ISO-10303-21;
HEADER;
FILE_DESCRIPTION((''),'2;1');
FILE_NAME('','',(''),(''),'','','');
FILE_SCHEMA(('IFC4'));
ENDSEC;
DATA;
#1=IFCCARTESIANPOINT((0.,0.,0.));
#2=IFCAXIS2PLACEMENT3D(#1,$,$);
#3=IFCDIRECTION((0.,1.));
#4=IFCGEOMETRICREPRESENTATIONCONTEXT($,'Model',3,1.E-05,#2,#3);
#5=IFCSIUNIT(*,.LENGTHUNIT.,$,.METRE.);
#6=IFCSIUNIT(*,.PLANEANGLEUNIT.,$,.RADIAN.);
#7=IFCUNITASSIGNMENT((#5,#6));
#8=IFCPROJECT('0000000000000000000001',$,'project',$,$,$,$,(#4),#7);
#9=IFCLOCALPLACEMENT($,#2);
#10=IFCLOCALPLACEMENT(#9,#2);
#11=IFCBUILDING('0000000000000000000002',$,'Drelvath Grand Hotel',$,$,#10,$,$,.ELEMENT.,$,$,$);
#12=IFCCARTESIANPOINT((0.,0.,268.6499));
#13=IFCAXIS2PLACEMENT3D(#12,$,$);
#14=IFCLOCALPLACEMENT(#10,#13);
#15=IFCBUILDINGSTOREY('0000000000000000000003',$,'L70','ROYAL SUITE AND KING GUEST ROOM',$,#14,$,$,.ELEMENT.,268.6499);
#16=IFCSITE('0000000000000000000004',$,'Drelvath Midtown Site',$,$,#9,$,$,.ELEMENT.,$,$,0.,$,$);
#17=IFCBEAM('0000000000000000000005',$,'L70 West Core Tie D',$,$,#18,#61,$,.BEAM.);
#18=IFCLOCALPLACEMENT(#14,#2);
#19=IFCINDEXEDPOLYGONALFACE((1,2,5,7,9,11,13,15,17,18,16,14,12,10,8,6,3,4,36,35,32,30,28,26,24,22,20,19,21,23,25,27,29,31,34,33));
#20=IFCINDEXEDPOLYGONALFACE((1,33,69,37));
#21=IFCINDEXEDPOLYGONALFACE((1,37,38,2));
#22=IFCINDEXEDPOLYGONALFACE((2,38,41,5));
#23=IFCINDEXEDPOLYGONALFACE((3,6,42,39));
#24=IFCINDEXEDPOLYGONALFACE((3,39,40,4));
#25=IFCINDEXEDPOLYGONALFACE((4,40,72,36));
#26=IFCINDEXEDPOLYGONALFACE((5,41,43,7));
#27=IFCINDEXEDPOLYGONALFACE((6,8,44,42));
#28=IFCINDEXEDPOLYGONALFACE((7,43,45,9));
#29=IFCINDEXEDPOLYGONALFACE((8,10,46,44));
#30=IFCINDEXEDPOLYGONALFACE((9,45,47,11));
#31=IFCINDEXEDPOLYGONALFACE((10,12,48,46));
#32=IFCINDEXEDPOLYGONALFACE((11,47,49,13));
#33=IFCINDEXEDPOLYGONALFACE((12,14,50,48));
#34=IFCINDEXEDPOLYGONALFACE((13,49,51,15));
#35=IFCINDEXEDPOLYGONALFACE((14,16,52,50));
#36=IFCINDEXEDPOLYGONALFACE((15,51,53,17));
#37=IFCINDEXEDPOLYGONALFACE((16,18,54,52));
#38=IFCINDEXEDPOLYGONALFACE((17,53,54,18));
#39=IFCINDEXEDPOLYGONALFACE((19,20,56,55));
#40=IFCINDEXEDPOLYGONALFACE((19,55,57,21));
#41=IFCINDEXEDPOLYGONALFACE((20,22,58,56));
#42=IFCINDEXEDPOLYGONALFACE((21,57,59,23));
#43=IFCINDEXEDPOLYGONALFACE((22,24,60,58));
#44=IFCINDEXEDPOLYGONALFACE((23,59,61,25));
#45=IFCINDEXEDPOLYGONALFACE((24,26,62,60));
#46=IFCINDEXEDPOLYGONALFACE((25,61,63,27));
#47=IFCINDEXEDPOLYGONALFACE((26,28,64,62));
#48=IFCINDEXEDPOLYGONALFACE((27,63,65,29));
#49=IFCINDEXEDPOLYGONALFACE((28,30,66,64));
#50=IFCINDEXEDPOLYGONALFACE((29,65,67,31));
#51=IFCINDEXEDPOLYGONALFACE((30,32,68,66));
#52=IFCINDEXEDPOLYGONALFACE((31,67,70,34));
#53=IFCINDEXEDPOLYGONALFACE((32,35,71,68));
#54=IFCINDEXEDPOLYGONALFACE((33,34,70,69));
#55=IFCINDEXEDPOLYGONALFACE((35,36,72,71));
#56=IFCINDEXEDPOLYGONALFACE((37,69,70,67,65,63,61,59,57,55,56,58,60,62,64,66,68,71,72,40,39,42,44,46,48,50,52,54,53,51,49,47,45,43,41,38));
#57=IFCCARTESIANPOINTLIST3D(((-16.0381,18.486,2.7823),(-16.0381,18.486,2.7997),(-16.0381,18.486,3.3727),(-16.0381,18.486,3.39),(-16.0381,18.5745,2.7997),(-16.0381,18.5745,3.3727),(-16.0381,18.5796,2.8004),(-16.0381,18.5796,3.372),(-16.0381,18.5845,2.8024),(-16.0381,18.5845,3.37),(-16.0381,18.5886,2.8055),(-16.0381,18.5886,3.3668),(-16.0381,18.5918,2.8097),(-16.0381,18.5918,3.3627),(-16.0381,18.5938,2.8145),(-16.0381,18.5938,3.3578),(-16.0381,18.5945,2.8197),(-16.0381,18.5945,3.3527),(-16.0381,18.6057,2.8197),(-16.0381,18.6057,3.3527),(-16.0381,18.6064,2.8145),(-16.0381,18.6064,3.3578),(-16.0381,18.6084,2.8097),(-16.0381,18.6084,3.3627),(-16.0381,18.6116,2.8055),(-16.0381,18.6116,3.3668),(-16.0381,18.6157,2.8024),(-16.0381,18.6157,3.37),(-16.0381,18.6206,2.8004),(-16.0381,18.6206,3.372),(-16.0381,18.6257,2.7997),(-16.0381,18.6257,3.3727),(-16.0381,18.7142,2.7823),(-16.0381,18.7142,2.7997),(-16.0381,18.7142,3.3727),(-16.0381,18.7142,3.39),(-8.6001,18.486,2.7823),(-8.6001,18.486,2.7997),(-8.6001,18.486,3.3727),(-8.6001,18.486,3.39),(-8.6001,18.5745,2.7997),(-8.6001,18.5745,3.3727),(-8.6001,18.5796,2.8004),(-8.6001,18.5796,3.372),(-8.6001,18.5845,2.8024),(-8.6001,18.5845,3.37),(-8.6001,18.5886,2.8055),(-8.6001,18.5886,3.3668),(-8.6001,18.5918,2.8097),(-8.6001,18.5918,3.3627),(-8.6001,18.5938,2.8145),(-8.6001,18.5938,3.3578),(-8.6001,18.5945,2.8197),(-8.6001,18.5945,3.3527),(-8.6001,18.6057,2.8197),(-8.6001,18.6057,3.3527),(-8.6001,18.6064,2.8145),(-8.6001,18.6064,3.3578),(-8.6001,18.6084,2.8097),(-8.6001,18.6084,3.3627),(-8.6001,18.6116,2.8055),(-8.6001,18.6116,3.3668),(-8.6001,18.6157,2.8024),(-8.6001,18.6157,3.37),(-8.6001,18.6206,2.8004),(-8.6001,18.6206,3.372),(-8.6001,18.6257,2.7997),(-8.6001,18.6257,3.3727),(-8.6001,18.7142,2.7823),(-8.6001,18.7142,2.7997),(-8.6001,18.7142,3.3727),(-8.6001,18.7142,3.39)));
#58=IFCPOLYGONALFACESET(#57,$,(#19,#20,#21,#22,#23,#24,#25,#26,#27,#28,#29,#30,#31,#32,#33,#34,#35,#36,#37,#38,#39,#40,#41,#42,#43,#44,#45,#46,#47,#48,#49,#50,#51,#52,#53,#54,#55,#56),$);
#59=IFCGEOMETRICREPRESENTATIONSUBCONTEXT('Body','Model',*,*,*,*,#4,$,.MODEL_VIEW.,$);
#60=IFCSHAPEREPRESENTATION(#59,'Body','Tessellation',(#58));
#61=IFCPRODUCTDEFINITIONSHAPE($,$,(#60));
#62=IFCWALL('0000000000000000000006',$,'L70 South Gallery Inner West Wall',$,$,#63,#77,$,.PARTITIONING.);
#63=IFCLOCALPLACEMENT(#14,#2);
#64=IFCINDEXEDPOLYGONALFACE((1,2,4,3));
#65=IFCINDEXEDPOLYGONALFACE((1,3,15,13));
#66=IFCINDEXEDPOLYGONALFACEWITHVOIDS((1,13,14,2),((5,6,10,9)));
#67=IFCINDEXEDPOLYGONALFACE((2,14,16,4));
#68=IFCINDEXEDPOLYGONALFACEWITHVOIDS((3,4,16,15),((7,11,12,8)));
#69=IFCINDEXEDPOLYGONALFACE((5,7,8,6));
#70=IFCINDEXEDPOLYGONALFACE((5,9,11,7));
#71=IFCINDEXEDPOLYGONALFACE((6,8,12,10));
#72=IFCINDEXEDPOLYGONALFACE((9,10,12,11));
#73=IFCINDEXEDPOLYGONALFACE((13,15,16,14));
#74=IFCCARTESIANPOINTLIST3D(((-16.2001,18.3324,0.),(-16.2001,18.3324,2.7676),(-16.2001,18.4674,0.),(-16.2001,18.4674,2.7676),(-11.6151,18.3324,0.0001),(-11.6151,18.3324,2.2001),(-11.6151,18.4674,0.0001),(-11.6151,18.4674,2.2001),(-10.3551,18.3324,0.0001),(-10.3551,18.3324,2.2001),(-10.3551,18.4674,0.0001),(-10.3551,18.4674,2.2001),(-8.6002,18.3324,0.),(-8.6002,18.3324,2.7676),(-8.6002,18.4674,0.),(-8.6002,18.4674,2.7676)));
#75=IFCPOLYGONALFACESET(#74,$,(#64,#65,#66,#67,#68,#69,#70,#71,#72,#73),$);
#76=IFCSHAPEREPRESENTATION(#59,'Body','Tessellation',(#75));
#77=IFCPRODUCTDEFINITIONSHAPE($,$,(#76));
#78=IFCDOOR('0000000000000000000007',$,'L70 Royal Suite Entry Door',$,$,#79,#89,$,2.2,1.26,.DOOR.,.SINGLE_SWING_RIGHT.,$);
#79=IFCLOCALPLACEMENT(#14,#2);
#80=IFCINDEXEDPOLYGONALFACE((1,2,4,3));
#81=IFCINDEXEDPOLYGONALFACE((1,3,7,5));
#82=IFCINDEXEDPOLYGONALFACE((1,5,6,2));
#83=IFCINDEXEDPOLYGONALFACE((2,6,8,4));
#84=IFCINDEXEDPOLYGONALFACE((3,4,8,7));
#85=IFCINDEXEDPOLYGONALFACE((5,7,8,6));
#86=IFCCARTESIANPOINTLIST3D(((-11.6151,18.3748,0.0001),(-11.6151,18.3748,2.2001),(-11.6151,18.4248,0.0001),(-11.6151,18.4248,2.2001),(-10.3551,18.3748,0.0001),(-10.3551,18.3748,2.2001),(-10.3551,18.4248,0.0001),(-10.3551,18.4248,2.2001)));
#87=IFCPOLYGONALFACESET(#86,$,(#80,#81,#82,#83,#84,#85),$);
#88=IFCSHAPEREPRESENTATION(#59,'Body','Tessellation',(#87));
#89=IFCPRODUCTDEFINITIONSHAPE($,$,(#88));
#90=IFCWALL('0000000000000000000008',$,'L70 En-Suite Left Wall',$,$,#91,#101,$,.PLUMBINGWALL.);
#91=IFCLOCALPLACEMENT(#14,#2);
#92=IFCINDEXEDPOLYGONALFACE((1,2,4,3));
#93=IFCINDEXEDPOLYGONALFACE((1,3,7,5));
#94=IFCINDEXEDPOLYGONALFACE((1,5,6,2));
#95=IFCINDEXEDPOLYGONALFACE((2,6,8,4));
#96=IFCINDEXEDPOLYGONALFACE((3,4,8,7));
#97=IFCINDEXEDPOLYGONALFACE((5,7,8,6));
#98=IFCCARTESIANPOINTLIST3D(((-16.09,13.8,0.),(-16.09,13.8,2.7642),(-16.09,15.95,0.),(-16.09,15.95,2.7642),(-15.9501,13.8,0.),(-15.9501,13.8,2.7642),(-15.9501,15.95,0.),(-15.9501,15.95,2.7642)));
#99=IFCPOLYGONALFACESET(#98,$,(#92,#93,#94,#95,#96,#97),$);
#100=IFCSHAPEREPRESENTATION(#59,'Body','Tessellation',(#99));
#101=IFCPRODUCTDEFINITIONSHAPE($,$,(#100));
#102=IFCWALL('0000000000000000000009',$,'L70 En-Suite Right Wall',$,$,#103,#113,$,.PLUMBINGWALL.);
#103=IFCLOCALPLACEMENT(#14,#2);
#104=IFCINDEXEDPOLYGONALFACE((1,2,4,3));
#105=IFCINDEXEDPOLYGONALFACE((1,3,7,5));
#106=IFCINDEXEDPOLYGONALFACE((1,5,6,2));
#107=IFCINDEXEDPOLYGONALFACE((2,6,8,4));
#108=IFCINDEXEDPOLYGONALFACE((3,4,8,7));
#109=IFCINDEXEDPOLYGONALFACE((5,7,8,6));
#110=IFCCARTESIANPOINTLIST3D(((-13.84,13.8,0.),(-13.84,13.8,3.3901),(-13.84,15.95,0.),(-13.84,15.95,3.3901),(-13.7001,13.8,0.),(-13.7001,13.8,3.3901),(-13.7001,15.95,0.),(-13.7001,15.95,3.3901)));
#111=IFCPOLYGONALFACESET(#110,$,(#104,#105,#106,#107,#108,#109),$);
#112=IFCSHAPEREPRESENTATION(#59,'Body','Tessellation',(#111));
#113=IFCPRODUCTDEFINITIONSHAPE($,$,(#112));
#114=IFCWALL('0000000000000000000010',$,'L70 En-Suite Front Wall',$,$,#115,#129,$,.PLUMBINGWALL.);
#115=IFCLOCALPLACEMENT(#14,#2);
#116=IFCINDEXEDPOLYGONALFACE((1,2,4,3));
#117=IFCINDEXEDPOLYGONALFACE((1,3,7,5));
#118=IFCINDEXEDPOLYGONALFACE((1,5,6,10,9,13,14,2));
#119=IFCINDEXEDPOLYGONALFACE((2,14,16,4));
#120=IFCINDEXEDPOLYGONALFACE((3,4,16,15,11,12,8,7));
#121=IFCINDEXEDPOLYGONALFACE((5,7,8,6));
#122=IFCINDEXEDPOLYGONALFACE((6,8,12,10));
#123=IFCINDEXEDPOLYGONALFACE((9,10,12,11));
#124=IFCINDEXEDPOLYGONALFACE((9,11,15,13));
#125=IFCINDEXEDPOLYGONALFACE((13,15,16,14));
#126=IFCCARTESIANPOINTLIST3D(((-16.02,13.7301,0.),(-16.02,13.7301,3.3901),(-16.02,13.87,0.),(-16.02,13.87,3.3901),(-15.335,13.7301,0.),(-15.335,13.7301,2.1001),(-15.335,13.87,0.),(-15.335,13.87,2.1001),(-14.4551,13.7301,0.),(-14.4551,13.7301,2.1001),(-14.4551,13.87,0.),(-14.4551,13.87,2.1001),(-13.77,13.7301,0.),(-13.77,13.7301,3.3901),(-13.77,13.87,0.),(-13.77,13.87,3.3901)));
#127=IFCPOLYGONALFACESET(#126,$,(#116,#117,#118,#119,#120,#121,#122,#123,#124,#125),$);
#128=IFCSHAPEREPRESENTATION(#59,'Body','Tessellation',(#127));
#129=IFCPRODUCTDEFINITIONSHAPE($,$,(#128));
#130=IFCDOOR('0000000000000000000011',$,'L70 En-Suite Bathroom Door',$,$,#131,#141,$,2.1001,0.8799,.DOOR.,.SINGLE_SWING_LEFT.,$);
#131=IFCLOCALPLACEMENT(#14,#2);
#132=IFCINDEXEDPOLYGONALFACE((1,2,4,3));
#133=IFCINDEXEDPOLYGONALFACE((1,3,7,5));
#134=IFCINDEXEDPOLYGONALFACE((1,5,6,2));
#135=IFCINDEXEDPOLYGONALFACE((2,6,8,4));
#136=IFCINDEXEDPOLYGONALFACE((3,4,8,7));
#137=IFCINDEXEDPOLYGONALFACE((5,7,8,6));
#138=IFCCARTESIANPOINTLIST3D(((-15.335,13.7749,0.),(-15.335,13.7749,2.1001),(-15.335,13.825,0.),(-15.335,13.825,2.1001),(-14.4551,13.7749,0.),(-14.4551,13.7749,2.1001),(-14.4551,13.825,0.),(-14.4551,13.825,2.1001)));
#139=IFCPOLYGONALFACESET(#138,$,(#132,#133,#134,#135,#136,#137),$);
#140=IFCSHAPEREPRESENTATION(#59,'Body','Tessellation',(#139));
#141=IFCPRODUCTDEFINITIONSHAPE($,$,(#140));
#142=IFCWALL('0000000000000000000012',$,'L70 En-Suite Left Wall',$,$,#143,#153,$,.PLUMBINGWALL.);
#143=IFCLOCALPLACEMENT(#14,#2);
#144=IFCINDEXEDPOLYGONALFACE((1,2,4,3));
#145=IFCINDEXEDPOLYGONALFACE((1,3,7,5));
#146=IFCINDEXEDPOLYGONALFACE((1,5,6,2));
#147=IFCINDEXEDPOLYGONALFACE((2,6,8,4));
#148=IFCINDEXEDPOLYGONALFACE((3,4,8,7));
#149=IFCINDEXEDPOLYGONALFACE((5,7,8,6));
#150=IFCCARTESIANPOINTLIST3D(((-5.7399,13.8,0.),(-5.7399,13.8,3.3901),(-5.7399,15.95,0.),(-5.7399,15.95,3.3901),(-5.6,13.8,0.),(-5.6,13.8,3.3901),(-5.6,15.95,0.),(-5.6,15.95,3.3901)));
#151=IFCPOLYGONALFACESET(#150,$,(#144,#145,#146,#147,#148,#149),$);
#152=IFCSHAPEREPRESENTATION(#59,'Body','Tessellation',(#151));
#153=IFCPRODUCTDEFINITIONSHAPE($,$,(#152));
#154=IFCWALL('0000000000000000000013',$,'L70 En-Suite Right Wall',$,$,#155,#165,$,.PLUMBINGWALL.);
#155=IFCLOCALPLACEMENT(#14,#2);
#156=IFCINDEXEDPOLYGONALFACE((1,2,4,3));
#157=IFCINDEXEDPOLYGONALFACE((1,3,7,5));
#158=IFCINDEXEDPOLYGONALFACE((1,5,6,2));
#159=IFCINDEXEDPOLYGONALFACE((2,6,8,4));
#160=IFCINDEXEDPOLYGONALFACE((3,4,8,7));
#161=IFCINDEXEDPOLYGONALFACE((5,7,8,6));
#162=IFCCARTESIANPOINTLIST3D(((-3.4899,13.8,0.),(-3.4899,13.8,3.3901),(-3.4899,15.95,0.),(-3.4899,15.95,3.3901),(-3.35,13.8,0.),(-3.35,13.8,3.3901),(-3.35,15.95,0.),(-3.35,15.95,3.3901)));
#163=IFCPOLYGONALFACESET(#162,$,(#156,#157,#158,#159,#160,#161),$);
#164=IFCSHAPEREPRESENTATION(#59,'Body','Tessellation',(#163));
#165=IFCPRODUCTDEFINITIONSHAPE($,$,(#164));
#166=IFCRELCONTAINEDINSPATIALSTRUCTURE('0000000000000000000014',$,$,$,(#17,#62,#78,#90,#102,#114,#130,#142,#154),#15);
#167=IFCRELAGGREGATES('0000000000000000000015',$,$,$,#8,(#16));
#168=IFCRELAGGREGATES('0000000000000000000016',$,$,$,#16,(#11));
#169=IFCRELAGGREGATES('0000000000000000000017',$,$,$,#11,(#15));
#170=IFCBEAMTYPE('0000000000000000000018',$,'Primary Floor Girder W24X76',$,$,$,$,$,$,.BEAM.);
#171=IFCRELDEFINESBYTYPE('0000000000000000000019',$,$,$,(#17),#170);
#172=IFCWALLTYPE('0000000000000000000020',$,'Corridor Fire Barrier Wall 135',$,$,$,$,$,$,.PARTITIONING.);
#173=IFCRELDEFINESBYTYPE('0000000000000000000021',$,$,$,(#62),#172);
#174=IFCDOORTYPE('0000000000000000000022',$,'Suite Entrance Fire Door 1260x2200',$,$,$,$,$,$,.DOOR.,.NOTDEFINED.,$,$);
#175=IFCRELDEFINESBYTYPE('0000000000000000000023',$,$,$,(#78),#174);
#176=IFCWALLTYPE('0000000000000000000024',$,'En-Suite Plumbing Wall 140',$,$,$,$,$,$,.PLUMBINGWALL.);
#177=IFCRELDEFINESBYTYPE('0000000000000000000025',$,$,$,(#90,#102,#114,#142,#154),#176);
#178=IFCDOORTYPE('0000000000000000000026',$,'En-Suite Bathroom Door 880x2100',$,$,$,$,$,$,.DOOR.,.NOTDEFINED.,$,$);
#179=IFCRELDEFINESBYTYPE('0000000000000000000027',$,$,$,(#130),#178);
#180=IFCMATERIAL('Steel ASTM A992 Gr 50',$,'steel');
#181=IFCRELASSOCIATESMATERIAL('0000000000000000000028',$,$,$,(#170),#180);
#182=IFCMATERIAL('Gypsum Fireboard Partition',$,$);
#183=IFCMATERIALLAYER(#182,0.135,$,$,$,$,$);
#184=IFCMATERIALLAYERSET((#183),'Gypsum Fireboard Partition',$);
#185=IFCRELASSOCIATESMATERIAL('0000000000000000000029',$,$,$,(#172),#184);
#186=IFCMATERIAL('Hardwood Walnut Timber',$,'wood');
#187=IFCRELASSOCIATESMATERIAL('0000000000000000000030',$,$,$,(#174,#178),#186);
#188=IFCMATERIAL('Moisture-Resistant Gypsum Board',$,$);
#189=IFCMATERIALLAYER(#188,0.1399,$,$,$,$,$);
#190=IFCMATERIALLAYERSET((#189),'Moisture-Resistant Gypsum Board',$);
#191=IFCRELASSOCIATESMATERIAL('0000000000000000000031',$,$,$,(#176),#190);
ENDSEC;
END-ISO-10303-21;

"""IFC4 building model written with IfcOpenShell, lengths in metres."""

from ifc_helpers import new_model, si_unit, direction, frame, frame_2d, origin, origin_2d, place, context, subcontext, project, spatial, rectangle, i_section, extrude, material, layer, layer_set, material_profile, profile_set, type_object, element, fill, save


model = new_model("IFC4")

# Units and contexts
model_context = context("Model", 3, precision=1e-05, world=origin(), true_north=direction((0.0, 1.0)))
body_context = subcontext(model_context, "Body", "Model", "MODEL_VIEW")
ifc_project = project(units=[si_unit("LENGTHUNIT", "METRE"), si_unit("PLANEANGLEUNIT", "RADIAN")], contexts=[model_context])

# Site, building, storey
site_placement = place(None, origin())
site = spatial("IfcSite", under=ifc_project, at=site_placement, Name="Drelvath Midtown Site", CompositionType="ELEMENT", RefElevation=0.0)
building_placement = place(site_placement, origin())
building = spatial("IfcBuilding", under=site, at=building_placement, Name="Drelvath Grand Hotel", CompositionType="ELEMENT")
storey_placement = place(building_placement, frame((0.0, 0.0, 268.6499)))
storey = spatial("IfcBuildingStorey", under=building, at=storey_placement, Name="L70", Description="ROYAL SUITE AND KING GUEST ROOM", CompositionType="ELEMENT", Elevation=268.6499)

# Beam
ifc_material_1 = material(Name="Steel ASTM A992 Gr 50", Category="steel")
ifc_material_profile = material_profile(ifc_material_1, i_section(OverallWidth=0.2283, OverallDepth=0.6077, WebThickness=0.0112, FlangeThickness=0.0173, FilletRadius=0.02, at=origin_2d()), Name="W24X76")
ifc_profile_set = profile_set([ifc_material_profile], Name="Steel ASTM A992 Gr 50")
beam_type = type_object("IfcBeamType", Name="Primary Floor Girder W24X76", PredefinedType="BEAM", material=ifc_profile_set)
beam_placement = place(storey_placement, frame((-16.0381, 18.6001, 3.0862), z_axis=(1.0, 0.0, 0.0), x_axis=(0.0, 1.0, 0.0)))
element("IfcBeam", 1, at=beam_placement, inside=storey, type_object=beam_type, Name="L70 West Core Tie D", PredefinedType="BEAM", context=body_context, shape_type="SweptSolid", body=[
    extrude(i_section(OverallWidth=0.2283, OverallDepth=0.6077, WebThickness=0.0112, FlangeThickness=0.0173, FilletRadius=0.02, at=origin_2d()), origin(), (0.0, 0.0, 1.0), 7.438),
])

# Wall, opening, door
ifc_material_2 = material(Name="Gypsum Fireboard Partition")
ifc_layer_1 = layer(ifc_material_2, 0.135)
ifc_layer_set_1 = layer_set([ifc_layer_1], Name="Gypsum Fireboard Partition")
wall_type_1 = type_object("IfcWallType", Name="Corridor Fire Barrier Wall 135", PredefinedType="PARTITIONING", material=ifc_layer_set_1)
wall_1_placement = place(storey_placement, frame((-16.2, 18.3999, 0.0), z_axis=(0.0, 0.0, 1.0), x_axis=(1.0, 0.0, 0.0)))
wall_1 = element("IfcWall", 2, at=wall_1_placement, inside=storey, type_object=wall_type_1, Name="L70 South Gallery Inner West Wall", PredefinedType="PARTITIONING", context=body_context, shape_type="SweptSolid", body=[
    extrude(rectangle(XDim=7.5999, YDim=0.135, at=frame_2d((3.7998, 0.0))), origin(), (0.0, 0.0, 1.0), 2.7676),
])
opening_1_placement = place(wall_1_placement, frame((4.585, 0.0, 0.0)))
opening_1 = element("IfcOpeningElement", 3, at=opening_1_placement, cuts=wall_1, PredefinedType="OPENING", context=body_context, shape_type="SweptSolid", body=[
    extrude(rectangle(XDim=1.26, YDim=2.2, at=frame_2d((0.6299, 1.1001))), frame((0.0, 0.0774, 0.0), z_axis=(0.0, -1.0, 0.0), x_axis=(1.0, 0.0, 0.0)), (0.0, 0.0, 1.0), 0.155),
])
ifc_material_3 = material(Name="Hardwood Walnut Timber", Category="wood")
door_type_1 = type_object("IfcDoorType", Name="Suite Entrance Fire Door 1260x2200", OperationType="NOTDEFINED", PredefinedType="DOOR", material=ifc_material_3)
door_1_placement = place(opening_1_placement, origin())
door_1 = element("IfcDoor", 4, at=door_1_placement, inside=storey, type_object=door_type_1, Name="L70 Royal Suite Entry Door", OperationType="SINGLE_SWING_RIGHT", OverallHeight=2.2, OverallWidth=1.26, PredefinedType="DOOR", context=body_context, shape_type="SweptSolid", body=[
    extrude(rectangle(XDim=1.26, YDim=2.2, at=frame_2d((0.6299, 1.1001))), frame((0.0, 0.0249, 0.0), z_axis=(0.0, -1.0, 0.0), x_axis=(1.0, 0.0, 0.0)), (0.0, 0.0, 1.0), 0.05),
])
fill(opening_1, door_1)

# Walls
ifc_material_4 = material(Name="Moisture-Resistant Gypsum Board")
ifc_layer_2 = layer(ifc_material_4, 0.1399)
ifc_layer_set_2 = layer_set([ifc_layer_2], Name="Moisture-Resistant Gypsum Board")
wall_type_2 = type_object("IfcWallType", Name="En-Suite Plumbing Wall 140", PredefinedType="PLUMBINGWALL", material=ifc_layer_set_2)
wall_2_placement = place(storey_placement, frame((-16.02, 15.95, 0.0), z_axis=(0.0, 0.0, 1.0), x_axis=(0.0, -1.0, 0.0)))
element("IfcWall", 5, at=wall_2_placement, inside=storey, type_object=wall_type_2, Name="L70 En-Suite Left Wall", PredefinedType="PLUMBINGWALL", context=body_context, shape_type="SweptSolid", body=[
    extrude(rectangle(XDim=2.1499, YDim=0.1399, at=frame_2d((1.075, 0.0))), origin(), (0.0, 0.0, 1.0), 2.7642),
])
wall_3_placement = place(storey_placement, frame((-13.77, 15.95, 0.0), z_axis=(0.0, 0.0, 1.0), x_axis=(0.0, -1.0, 0.0)))
element("IfcWall", 6, at=wall_3_placement, inside=storey, type_object=wall_type_2, Name="L70 En-Suite Right Wall", PredefinedType="PLUMBINGWALL", context=body_context, shape_type="SweptSolid", body=[
    extrude(rectangle(XDim=2.1499, YDim=0.1399, at=frame_2d((1.075, 0.0))), origin(), (0.0, 0.0, 1.0), 3.3901),
])

# Wall, opening, door
wall_4_placement = place(storey_placement, frame((-16.02, 13.8, 0.0), z_axis=(0.0, 0.0, 1.0), x_axis=(1.0, 0.0, 0.0)))
wall_4 = element("IfcWall", 7, at=wall_4_placement, inside=storey, type_object=wall_type_2, Name="L70 En-Suite Front Wall", PredefinedType="PLUMBINGWALL", context=body_context, shape_type="SweptSolid", body=[
    extrude(rectangle(XDim=2.25, YDim=0.1399, at=frame_2d((1.125, 0.0))), origin(), (0.0, 0.0, 1.0), 3.3901),
])
opening_2_placement = place(wall_4_placement, frame((0.6851, 0.0, 0.0)))
opening_2 = element("IfcOpeningElement", 8, at=opening_2_placement, cuts=wall_4, PredefinedType="OPENING", context=body_context, shape_type="SweptSolid", body=[
    extrude(rectangle(XDim=0.8799, YDim=2.1001, at=frame_2d((0.4399, 1.05))), frame((0.0, 0.0798, 0.0), z_axis=(0.0, -1.0, 0.0), x_axis=(1.0, 0.0, 0.0)), (0.0, 0.0, 1.0), 0.1599),
])
door_type_2 = type_object("IfcDoorType", Name="En-Suite Bathroom Door 880x2100", OperationType="NOTDEFINED", PredefinedType="DOOR", material=ifc_material_3)
door_2_placement = place(opening_2_placement, origin())
door_2 = element("IfcDoor", 9, at=door_2_placement, inside=storey, type_object=door_type_2, Name="L70 En-Suite Bathroom Door", OperationType="SINGLE_SWING_LEFT", OverallHeight=2.1001, OverallWidth=0.8799, PredefinedType="DOOR", context=body_context, shape_type="SweptSolid", body=[
    extrude(rectangle(XDim=0.8799, YDim=2.1001, at=frame_2d((0.4399, 1.05))), frame((0.0, 0.0249, 0.0), z_axis=(0.0, -1.0, 0.0), x_axis=(1.0, 0.0, 0.0)), (0.0, 0.0, 1.0), 0.05),
])
fill(opening_2, door_2)

# Walls
for number, where, z_axis, x_axis, name in (
    (10, (-5.6699, 15.95, 0.0), (0.0, 0.0, 1.0), (0.0, -1.0, 0.0), "L70 En-Suite Left Wall"),
    (11, (-3.4199, 15.95, 0.0), (0.0, 0.0, 1.0), (0.0, -1.0, 0.0), "L70 En-Suite Right Wall"),
):
    element("IfcWall", number, at=place(storey_placement, frame(where, z_axis=z_axis, x_axis=x_axis)), inside=storey, type_object=wall_type_2, Name=name, PredefinedType="PLUMBINGWALL", context=body_context, shape_type="SweptSolid", body=[
        extrude(rectangle(XDim=2.1499, YDim=0.1399, at=frame_2d((1.075, 0.0))), origin(), (0.0, 0.0, 1.0), 3.3901),
    ])

save(model, "model.ifc")
